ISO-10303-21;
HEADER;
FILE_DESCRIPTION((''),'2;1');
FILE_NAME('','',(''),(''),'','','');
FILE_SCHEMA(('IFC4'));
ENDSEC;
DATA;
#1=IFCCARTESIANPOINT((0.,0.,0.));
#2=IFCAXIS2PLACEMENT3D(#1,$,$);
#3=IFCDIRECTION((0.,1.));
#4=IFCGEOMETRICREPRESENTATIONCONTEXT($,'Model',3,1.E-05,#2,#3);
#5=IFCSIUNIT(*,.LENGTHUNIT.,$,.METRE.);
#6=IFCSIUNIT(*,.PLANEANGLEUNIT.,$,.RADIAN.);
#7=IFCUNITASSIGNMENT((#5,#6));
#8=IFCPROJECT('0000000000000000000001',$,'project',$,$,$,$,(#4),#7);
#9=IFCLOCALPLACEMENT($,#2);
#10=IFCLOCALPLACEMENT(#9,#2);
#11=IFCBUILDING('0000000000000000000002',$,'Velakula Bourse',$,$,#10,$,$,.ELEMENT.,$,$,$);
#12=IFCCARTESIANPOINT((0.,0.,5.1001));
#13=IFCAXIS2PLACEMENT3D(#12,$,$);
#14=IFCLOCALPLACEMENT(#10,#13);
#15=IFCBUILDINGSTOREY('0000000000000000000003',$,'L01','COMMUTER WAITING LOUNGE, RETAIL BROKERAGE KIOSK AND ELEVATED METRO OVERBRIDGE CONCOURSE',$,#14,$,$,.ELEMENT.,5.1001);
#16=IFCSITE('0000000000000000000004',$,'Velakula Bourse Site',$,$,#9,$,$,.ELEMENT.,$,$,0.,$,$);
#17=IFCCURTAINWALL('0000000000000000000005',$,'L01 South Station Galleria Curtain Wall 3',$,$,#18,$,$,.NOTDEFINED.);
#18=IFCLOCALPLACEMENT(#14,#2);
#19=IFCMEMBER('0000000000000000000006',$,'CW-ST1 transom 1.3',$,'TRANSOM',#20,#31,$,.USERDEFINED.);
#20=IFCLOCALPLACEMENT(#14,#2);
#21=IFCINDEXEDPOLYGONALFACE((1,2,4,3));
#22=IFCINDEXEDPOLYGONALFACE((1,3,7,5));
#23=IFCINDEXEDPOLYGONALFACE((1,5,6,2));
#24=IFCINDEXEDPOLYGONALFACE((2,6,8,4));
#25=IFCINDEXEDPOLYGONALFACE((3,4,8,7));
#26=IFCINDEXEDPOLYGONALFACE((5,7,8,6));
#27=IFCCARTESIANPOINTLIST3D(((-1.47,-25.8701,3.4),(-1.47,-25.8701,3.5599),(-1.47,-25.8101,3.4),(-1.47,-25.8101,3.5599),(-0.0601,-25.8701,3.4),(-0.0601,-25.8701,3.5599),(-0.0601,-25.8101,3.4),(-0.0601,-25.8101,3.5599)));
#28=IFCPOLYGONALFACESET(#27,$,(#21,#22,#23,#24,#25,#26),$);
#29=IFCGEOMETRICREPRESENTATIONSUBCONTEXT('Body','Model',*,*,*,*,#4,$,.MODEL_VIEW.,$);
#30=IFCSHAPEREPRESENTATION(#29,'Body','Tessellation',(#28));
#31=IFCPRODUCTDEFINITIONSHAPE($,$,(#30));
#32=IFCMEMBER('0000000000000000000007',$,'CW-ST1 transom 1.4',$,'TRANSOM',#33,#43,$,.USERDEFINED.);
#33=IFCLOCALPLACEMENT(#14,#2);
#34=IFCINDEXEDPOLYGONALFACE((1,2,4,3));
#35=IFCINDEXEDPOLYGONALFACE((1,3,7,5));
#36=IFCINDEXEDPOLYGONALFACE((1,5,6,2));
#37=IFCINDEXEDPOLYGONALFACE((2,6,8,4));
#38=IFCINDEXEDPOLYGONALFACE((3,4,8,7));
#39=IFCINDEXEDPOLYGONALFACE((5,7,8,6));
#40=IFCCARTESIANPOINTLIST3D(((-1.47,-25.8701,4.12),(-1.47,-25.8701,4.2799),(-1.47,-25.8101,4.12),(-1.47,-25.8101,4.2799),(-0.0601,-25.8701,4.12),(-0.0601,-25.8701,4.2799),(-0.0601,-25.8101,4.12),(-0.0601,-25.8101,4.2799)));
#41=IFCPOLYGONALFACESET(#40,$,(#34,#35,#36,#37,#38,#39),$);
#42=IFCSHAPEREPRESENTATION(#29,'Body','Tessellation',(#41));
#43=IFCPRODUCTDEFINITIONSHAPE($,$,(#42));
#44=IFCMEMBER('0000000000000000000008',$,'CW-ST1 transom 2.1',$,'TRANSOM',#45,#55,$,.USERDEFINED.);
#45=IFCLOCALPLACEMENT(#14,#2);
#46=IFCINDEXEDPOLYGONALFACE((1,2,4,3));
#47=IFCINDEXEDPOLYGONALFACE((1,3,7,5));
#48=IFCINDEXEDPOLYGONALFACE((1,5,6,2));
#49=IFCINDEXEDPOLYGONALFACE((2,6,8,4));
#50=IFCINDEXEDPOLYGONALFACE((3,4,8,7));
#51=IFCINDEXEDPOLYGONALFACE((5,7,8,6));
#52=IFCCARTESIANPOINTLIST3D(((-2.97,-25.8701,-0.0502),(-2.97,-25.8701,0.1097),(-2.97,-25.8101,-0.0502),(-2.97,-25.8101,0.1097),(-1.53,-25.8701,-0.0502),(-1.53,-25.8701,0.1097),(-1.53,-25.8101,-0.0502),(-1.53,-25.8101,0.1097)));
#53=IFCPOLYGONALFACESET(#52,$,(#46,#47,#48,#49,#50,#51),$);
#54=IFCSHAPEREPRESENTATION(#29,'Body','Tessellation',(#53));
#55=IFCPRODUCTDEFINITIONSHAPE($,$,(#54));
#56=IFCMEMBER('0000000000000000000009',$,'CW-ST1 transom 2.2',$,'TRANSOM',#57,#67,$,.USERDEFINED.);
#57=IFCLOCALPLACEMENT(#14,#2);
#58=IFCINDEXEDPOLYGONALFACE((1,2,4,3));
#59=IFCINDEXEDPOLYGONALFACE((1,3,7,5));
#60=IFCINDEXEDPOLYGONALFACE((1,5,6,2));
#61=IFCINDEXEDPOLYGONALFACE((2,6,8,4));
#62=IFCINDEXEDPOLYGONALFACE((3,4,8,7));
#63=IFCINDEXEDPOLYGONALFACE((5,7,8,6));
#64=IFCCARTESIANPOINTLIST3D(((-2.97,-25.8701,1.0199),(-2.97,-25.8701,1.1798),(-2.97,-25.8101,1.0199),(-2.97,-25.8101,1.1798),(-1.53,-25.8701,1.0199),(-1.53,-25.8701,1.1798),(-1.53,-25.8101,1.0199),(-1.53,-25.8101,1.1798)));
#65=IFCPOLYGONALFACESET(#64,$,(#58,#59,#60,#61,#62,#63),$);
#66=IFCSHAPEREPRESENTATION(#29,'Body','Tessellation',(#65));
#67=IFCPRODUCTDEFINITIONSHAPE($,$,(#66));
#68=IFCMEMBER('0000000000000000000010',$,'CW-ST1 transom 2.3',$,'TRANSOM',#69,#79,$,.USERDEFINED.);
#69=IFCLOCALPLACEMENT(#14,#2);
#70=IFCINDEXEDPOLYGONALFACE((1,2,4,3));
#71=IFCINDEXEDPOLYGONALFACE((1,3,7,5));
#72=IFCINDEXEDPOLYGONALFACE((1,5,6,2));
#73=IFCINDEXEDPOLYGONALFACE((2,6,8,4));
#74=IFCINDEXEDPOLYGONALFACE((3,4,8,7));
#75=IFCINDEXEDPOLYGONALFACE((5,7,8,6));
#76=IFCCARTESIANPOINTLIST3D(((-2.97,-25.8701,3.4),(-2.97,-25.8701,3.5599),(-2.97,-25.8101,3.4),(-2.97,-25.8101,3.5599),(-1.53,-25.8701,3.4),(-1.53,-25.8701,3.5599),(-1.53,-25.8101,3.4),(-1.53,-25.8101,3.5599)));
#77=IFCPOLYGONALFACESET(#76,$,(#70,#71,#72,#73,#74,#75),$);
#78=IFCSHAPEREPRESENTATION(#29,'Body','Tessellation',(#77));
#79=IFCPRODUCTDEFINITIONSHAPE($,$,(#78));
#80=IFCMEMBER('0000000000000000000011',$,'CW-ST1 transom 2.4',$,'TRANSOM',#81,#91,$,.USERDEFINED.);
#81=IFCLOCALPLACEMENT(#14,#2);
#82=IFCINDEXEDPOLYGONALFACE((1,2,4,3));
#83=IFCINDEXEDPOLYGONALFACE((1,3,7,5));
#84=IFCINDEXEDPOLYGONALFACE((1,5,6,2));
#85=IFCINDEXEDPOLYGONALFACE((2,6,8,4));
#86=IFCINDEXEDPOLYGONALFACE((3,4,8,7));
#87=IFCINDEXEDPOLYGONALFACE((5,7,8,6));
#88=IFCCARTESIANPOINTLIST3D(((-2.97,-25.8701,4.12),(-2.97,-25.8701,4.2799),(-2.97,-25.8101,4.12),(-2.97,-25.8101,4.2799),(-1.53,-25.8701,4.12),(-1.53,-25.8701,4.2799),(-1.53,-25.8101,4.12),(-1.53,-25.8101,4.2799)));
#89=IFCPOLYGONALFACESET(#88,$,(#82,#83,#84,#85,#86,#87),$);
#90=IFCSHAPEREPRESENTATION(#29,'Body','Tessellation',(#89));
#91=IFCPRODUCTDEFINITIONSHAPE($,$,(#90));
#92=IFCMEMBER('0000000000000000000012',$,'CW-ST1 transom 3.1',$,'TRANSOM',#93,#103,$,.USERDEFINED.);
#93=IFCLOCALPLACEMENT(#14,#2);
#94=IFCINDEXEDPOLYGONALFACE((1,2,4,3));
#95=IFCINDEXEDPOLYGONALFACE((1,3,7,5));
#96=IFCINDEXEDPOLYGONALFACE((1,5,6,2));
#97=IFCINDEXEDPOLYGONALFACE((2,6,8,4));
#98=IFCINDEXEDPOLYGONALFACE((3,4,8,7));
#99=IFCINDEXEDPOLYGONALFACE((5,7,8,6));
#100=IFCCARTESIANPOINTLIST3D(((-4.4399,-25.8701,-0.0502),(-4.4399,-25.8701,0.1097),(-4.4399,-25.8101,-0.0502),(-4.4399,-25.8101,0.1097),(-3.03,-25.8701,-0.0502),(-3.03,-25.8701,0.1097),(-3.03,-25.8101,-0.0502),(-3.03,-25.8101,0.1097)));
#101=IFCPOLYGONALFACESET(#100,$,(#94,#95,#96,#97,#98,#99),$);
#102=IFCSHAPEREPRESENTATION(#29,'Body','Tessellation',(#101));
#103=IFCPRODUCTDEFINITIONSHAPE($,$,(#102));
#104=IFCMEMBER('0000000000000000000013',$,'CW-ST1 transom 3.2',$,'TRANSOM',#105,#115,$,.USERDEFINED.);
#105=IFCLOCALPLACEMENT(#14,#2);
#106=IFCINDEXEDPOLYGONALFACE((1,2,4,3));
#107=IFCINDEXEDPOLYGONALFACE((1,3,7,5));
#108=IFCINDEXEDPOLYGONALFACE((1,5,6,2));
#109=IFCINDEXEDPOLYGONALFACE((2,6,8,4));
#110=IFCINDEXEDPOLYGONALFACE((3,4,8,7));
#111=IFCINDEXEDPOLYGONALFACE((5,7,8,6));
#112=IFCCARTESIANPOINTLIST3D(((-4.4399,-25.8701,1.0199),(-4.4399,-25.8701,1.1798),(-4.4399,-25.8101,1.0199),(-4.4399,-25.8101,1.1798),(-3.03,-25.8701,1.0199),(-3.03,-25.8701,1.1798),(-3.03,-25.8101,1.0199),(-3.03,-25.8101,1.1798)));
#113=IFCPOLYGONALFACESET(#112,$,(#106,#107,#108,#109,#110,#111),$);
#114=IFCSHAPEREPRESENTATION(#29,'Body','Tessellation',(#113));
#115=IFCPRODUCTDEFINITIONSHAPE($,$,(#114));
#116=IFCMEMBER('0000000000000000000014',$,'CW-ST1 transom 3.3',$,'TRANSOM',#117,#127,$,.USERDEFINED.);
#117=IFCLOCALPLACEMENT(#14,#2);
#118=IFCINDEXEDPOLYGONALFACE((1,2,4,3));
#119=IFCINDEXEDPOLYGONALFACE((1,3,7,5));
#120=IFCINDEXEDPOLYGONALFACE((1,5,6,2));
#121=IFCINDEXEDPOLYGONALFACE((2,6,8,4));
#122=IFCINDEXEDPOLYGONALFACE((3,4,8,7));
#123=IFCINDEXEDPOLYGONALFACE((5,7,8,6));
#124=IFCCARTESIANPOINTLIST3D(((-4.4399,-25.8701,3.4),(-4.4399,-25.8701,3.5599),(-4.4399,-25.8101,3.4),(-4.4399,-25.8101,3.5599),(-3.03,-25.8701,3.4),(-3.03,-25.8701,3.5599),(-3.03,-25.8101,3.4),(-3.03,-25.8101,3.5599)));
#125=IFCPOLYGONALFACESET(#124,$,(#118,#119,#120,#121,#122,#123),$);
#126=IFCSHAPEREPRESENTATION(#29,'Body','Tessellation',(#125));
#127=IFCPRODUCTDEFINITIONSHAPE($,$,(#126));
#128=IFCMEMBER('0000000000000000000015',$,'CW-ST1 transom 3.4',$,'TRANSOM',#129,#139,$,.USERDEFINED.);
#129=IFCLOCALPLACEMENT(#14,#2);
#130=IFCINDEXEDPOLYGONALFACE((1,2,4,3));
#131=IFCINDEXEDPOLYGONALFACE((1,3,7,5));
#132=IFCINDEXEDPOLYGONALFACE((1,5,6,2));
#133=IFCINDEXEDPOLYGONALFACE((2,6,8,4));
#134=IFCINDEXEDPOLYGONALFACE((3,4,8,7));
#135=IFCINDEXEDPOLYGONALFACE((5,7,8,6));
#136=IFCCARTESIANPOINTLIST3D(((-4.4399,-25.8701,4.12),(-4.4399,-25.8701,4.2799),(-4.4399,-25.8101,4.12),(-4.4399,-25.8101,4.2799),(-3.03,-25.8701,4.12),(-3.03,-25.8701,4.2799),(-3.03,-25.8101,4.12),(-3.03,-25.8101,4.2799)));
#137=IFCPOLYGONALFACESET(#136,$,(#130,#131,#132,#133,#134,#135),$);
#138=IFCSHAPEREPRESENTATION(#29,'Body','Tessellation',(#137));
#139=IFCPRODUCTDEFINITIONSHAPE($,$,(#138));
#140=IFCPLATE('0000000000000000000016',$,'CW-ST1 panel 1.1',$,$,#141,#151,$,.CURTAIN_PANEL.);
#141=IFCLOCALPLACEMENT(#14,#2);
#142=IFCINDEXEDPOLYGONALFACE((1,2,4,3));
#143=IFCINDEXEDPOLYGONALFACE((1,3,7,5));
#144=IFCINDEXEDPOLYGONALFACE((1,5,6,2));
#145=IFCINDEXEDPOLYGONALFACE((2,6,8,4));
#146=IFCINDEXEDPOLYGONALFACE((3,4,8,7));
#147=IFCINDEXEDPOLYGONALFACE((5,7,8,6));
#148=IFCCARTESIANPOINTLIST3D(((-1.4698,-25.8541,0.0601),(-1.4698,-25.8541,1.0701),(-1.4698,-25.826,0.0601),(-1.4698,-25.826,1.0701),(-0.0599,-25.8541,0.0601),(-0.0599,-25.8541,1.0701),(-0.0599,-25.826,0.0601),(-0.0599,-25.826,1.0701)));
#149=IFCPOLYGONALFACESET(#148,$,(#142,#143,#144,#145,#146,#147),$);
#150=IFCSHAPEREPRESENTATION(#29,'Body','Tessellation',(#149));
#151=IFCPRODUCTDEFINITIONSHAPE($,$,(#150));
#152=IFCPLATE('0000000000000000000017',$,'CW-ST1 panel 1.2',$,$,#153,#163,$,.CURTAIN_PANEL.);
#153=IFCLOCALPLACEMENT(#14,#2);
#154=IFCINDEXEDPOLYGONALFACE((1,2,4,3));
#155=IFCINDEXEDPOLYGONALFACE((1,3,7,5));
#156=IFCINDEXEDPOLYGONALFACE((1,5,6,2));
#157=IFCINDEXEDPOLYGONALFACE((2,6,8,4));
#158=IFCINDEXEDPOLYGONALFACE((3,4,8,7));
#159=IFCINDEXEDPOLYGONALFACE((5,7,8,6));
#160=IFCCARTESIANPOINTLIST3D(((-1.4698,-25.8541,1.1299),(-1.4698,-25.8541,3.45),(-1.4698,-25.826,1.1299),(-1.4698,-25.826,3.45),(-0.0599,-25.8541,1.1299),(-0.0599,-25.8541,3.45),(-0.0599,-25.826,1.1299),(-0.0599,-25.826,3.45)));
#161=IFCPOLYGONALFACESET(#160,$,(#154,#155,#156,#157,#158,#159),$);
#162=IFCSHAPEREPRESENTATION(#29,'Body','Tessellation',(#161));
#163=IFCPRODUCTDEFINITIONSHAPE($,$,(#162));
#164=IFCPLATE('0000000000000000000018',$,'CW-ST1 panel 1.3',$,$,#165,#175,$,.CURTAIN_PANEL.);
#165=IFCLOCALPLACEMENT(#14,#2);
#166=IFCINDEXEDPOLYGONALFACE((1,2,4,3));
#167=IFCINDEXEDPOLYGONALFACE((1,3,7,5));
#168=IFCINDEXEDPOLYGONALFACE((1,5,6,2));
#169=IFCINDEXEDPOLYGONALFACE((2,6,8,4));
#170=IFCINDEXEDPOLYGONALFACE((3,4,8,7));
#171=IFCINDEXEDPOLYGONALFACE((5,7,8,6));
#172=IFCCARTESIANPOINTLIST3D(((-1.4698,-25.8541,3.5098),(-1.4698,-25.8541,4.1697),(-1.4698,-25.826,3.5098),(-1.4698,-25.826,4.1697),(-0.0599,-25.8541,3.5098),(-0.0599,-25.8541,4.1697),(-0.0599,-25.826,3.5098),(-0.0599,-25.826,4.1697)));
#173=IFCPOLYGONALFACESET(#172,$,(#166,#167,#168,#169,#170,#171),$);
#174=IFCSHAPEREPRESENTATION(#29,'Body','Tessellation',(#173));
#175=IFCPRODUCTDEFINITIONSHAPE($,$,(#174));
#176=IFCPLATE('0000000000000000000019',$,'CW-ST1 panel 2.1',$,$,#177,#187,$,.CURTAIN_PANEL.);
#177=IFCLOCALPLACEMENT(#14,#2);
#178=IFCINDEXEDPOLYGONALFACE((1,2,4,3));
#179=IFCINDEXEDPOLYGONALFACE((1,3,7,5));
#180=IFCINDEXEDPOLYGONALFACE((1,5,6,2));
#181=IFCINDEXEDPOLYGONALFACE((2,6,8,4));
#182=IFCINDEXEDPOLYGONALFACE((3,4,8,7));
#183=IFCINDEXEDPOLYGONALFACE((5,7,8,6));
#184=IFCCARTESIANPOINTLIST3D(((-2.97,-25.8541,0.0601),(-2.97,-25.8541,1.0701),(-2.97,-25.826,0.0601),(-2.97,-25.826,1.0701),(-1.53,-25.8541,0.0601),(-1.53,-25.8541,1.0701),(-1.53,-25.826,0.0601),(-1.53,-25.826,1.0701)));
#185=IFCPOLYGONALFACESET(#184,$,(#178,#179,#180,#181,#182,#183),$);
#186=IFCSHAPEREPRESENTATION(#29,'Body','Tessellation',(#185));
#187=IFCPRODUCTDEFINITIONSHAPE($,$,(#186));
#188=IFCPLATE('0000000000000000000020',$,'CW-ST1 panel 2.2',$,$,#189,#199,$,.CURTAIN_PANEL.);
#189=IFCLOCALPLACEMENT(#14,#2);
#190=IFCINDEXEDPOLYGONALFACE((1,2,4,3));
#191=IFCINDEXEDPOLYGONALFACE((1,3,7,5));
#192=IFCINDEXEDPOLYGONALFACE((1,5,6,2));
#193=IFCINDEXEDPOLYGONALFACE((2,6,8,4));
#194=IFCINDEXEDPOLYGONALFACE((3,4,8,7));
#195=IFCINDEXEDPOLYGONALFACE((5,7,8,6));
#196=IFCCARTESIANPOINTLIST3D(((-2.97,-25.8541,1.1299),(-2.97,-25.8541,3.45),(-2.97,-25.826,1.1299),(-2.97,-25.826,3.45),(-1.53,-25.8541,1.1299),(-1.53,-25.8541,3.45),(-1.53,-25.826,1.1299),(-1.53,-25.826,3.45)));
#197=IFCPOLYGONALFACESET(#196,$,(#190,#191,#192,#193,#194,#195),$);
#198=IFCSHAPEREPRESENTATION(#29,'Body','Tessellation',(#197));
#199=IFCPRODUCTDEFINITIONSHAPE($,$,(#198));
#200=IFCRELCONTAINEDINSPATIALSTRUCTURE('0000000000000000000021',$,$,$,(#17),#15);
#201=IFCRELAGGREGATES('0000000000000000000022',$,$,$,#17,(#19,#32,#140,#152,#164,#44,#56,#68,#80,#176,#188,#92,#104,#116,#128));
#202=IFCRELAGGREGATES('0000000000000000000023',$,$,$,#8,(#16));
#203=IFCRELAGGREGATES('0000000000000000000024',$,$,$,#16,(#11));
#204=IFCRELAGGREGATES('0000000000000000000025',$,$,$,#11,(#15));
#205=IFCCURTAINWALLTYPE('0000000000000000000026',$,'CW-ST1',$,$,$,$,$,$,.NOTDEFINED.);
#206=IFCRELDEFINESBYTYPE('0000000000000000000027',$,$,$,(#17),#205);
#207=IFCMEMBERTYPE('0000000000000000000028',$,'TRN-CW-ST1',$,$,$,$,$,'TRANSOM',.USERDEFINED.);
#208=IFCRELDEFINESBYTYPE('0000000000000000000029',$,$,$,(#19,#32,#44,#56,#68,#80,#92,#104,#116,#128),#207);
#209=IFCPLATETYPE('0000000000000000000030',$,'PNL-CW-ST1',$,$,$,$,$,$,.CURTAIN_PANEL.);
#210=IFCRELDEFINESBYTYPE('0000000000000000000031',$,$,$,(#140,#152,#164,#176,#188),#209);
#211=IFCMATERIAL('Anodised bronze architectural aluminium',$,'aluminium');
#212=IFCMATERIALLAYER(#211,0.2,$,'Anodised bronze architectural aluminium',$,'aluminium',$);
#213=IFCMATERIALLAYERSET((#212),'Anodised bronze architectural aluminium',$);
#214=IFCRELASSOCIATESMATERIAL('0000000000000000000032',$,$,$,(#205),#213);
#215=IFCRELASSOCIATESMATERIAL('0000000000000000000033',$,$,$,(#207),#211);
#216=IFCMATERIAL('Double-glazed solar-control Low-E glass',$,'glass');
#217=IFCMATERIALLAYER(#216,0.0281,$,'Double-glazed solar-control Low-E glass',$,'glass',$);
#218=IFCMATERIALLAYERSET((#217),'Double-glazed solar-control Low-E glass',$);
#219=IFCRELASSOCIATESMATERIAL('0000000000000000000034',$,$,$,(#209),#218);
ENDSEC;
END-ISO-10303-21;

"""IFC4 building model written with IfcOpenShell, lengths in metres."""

from ifc_helpers import new_model, si_unit, direction, frame, origin, origin_2d, place, context, subcontext, project, spatial, rectangle, extrude, material, layer, layer_set, material_profile, profile_set, type_object, element, aggregate, save


model = new_model("IFC4")

# Units and contexts
model_context = context("Model", 3, precision=1e-05, world=origin(), true_north=direction((0.0, 1.0)))
body_context = subcontext(model_context, "Body", "Model", "MODEL_VIEW")
ifc_project = project(units=[si_unit("LENGTHUNIT", "METRE"), si_unit("PLANEANGLEUNIT", "RADIAN")], contexts=[model_context])

# Site, building, storey
site_placement = place(None, origin())
site = spatial("IfcSite", under=ifc_project, at=site_placement, Name="Velakula Bourse Site", CompositionType="ELEMENT", RefElevation=0.0)
building_placement = place(site_placement, origin())
building = spatial("IfcBuilding", under=site, at=building_placement, Name="Velakula Bourse", CompositionType="ELEMENT")
storey_placement = place(building_placement, frame((0.0, 0.0, 5.1001)))
storey = spatial("IfcBuildingStorey", under=building, at=storey_placement, Name="L01", Description="COMMUTER WAITING LOUNGE, RETAIL BROKERAGE KIOSK AND ELEVATED METRO OVERBRIDGE CONCOURSE", CompositionType="ELEMENT", Elevation=5.1001)

# Curtain wall, members, plates
ifc_material_1 = material(Name="Anodised bronze architectural aluminium", Category="aluminium")
ifc_layer_1 = layer(ifc_material_1, 0.2, Name="Anodised bronze architectural aluminium", Category="aluminium")
ifc_layer_set_1 = layer_set([ifc_layer_1], Name="Anodised bronze architectural aluminium")
curtain_wall_type = type_object("IfcCurtainWallType", Name="CW-ST1", PredefinedType="NOTDEFINED", material=ifc_layer_set_1)
curtain_wall_placement = place(storey_placement, origin())
curtain_wall = element("IfcCurtainWall", 1, at=curtain_wall_placement, inside=storey, type_object=curtain_wall_type, Name="L01 South Station Galleria Curtain Wall 3", PredefinedType="NOTDEFINED")
ifc_material_profile_1 = material_profile(ifc_material_1, rectangle(XDim=0.0601, YDim=0.1599, at=origin_2d()), Name="Anodised bronze architectural aluminium")
ifc_profile_set_1 = profile_set([ifc_material_profile_1], Name="Anodised bronze architectural aluminium")
member_type_1 = type_object("IfcMemberType", Name="TRN-CW-ST1", ElementType="TRANSOM", PredefinedType="USERDEFINED", material=ifc_profile_set_1)
member_1_placement = place(storey_placement, frame((-0.0601, -25.8401, 3.48), z_axis=(-1.0, 0.0, 0.0), x_axis=(0.0, -1.0, 0.0)))
member_1 = element("IfcMember", 2, at=member_1_placement, type_object=member_type_1, Name="CW-ST1 transom 1.3", ObjectType="TRANSOM", PredefinedType="USERDEFINED", context=body_context, shape_type="SweptSolid", body=[
    extrude(rectangle(XDim=0.0601, YDim=0.1599, at=origin_2d()), origin(), (0.0, 0.0, 1.0), 1.4099),
])
member_2_placement = place(storey_placement, frame((-0.0601, -25.8401, 4.2), z_axis=(-1.0, 0.0, 0.0), x_axis=(0.0, -1.0, 0.0)))
member_2 = element("IfcMember", 3, at=member_2_placement, type_object=member_type_1, Name="CW-ST1 transom 1.4", ObjectType="TRANSOM", PredefinedType="USERDEFINED", context=body_context, shape_type="SweptSolid", body=[
    extrude(rectangle(XDim=0.0601, YDim=0.1599, at=origin_2d()), origin(), (0.0, 0.0, 1.0), 1.4099),
])
member_3_placement = place(storey_placement, frame((-1.53, -25.8401, 0.0298), z_axis=(-1.0, 0.0, 0.0), x_axis=(0.0, -1.0, 0.0)))
member_3 = element("IfcMember", 4, at=member_3_placement, type_object=member_type_1, Name="CW-ST1 transom 2.1", ObjectType="TRANSOM", PredefinedType="USERDEFINED", context=body_context, shape_type="SweptSolid", body=[
    extrude(rectangle(XDim=0.0601, YDim=0.1599, at=origin_2d()), origin(), (0.0, 0.0, 1.0), 1.4399),
])
member_4_placement = place(storey_placement, frame((-1.53, -25.8401, 1.0999), z_axis=(-1.0, 0.0, 0.0), x_axis=(0.0, -1.0, 0.0)))
member_4 = element("IfcMember", 5, at=member_4_placement, type_object=member_type_1, Name="CW-ST1 transom 2.2", ObjectType="TRANSOM", PredefinedType="USERDEFINED", context=body_context, shape_type="SweptSolid", body=[
    extrude(rectangle(XDim=0.0601, YDim=0.1599, at=origin_2d()), origin(), (0.0, 0.0, 1.0), 1.4399),
])
member_5_placement = place(storey_placement, frame((-1.53, -25.8401, 3.48), z_axis=(-1.0, 0.0, 0.0), x_axis=(0.0, -1.0, 0.0)))
member_5 = element("IfcMember", 6, at=member_5_placement, type_object=member_type_1, Name="CW-ST1 transom 2.3", ObjectType="TRANSOM", PredefinedType="USERDEFINED", context=body_context, shape_type="SweptSolid", body=[
    extrude(rectangle(XDim=0.0601, YDim=0.1599, at=origin_2d()), origin(), (0.0, 0.0, 1.0), 1.4399),
])
member_6_placement = place(storey_placement, frame((-1.53, -25.8401, 4.2), z_axis=(-1.0, 0.0, 0.0), x_axis=(0.0, -1.0, 0.0)))
member_6 = element("IfcMember", 7, at=member_6_placement, type_object=member_type_1, Name="CW-ST1 transom 2.4", ObjectType="TRANSOM", PredefinedType="USERDEFINED", context=body_context, shape_type="SweptSolid", body=[
    extrude(rectangle(XDim=0.0601, YDim=0.1599, at=origin_2d()), origin(), (0.0, 0.0, 1.0), 1.4399),
])
member_7_placement = place(storey_placement, frame((-3.03, -25.8401, 0.0298), z_axis=(-1.0, 0.0, 0.0), x_axis=(0.0, -1.0, 0.0)))
member_7 = element("IfcMember", 8, at=member_7_placement, type_object=member_type_1, Name="CW-ST1 transom 3.1", ObjectType="TRANSOM", PredefinedType="USERDEFINED", context=body_context, shape_type="SweptSolid", body=[
    extrude(rectangle(XDim=0.0601, YDim=0.1599, at=origin_2d()), origin(), (0.0, 0.0, 1.0), 1.4099),
])
member_8_placement = place(storey_placement, frame((-3.03, -25.8401, 1.0999), z_axis=(-1.0, 0.0, 0.0), x_axis=(0.0, -1.0, 0.0)))
member_8 = element("IfcMember", 9, at=member_8_placement, type_object=member_type_1, Name="CW-ST1 transom 3.2", ObjectType="TRANSOM", PredefinedType="USERDEFINED", context=body_context, shape_type="SweptSolid", body=[
    extrude(rectangle(XDim=0.0601, YDim=0.1599, at=origin_2d()), origin(), (0.0, 0.0, 1.0), 1.4099),
])
member_9_placement = place(storey_placement, frame((-3.03, -25.8401, 3.48), z_axis=(-1.0, 0.0, 0.0), x_axis=(0.0, -1.0, 0.0)))
member_9 = element("IfcMember", 10, at=member_9_placement, type_object=member_type_1, Name="CW-ST1 transom 3.3", ObjectType="TRANSOM", PredefinedType="USERDEFINED", context=body_context, shape_type="SweptSolid", body=[
    extrude(rectangle(XDim=0.0601, YDim=0.1599, at=origin_2d()), origin(), (0.0, 0.0, 1.0), 1.4099),
])
member_10_placement = place(storey_placement, frame((-3.03, -25.8401, 4.2), z_axis=(-1.0, 0.0, 0.0), x_axis=(0.0, -1.0, 0.0)))
member_10 = element("IfcMember", 11, at=member_10_placement, type_object=member_type_1, Name="CW-ST1 transom 3.4", ObjectType="TRANSOM", PredefinedType="USERDEFINED", context=body_context, shape_type="SweptSolid", body=[
    extrude(rectangle(XDim=0.0601, YDim=0.1599, at=origin_2d()), origin(), (0.0, 0.0, 1.0), 1.4099),
])
ifc_material_2 = material(Name="Double-glazed solar-control Low-E glass", Category="glass")
ifc_layer_2 = layer(ifc_material_2, 0.0281, Name="Double-glazed solar-control Low-E glass", Category="glass")
ifc_layer_set_2 = layer_set([ifc_layer_2], Name="Double-glazed solar-control Low-E glass")
plate_type = type_object("IfcPlateType", Name="PNL-CW-ST1", PredefinedType="CURTAIN_PANEL", material=ifc_layer_set_2)
plate_1_placement = place(storey_placement, frame((-0.7649, -25.8401, 0.0601), z_axis=(0.0, 0.0, 1.0), x_axis=(-1.0, 0.0, 0.0)))
plate_1 = element("IfcPlate", 12, at=plate_1_placement, type_object=plate_type, Name="CW-ST1 panel 1.1", PredefinedType="CURTAIN_PANEL", context=body_context, shape_type="SweptSolid", body=[
    extrude(rectangle(XDim=1.4099, YDim=0.0281, at=origin_2d()), origin(), (0.0, 0.0, 1.0), 1.01),
])
plate_2_placement = place(storey_placement, frame((-0.7649, -25.8401, 1.1299), z_axis=(0.0, 0.0, 1.0), x_axis=(-1.0, 0.0, 0.0)))
plate_2 = element("IfcPlate", 13, at=plate_2_placement, type_object=plate_type, Name="CW-ST1 panel 1.2", PredefinedType="CURTAIN_PANEL", context=body_context, shape_type="SweptSolid", body=[
    extrude(rectangle(XDim=1.4099, YDim=0.0281, at=origin_2d()), origin(), (0.0, 0.0, 1.0), 2.3201),
])
plate_3_placement = place(storey_placement, frame((-0.7649, -25.8401, 3.5098), z_axis=(0.0, 0.0, 1.0), x_axis=(-1.0, 0.0, 0.0)))
plate_3 = element("IfcPlate", 14, at=plate_3_placement, type_object=plate_type, Name="CW-ST1 panel 1.3", PredefinedType="CURTAIN_PANEL", context=body_context, shape_type="SweptSolid", body=[
    extrude(rectangle(XDim=1.4099, YDim=0.0281, at=origin_2d()), origin(), (0.0, 0.0, 1.0), 0.6599),
])
plate_4_placement = place(storey_placement, frame((-2.25, -25.8401, 0.0601), z_axis=(0.0, 0.0, 1.0), x_axis=(-1.0, 0.0, 0.0)))
plate_4 = element("IfcPlate", 15, at=plate_4_placement, type_object=plate_type, Name="CW-ST1 panel 2.1", PredefinedType="CURTAIN_PANEL", context=body_context, shape_type="SweptSolid", body=[
    extrude(rectangle(XDim=1.4399, YDim=0.0281, at=origin_2d()), origin(), (0.0, 0.0, 1.0), 1.01),
])
plate_5_placement = place(storey_placement, frame((-2.25, -25.8401, 1.1299), z_axis=(0.0, 0.0, 1.0), x_axis=(-1.0, 0.0, 0.0)))
plate_5 = element("IfcPlate", 16, at=plate_5_placement, type_object=plate_type, Name="CW-ST1 panel 2.2", PredefinedType="CURTAIN_PANEL", context=body_context, shape_type="SweptSolid", body=[
    extrude(rectangle(XDim=1.4399, YDim=0.0281, at=origin_2d()), origin(), (0.0, 0.0, 1.0), 2.3201),
])
aggregate(curtain_wall, [member_1, member_2, plate_1, plate_2, plate_3, member_3, member_4, member_5, member_6, plate_4, plate_5, member_7, member_8, member_9, member_10])

save(model, "model.ifc")
